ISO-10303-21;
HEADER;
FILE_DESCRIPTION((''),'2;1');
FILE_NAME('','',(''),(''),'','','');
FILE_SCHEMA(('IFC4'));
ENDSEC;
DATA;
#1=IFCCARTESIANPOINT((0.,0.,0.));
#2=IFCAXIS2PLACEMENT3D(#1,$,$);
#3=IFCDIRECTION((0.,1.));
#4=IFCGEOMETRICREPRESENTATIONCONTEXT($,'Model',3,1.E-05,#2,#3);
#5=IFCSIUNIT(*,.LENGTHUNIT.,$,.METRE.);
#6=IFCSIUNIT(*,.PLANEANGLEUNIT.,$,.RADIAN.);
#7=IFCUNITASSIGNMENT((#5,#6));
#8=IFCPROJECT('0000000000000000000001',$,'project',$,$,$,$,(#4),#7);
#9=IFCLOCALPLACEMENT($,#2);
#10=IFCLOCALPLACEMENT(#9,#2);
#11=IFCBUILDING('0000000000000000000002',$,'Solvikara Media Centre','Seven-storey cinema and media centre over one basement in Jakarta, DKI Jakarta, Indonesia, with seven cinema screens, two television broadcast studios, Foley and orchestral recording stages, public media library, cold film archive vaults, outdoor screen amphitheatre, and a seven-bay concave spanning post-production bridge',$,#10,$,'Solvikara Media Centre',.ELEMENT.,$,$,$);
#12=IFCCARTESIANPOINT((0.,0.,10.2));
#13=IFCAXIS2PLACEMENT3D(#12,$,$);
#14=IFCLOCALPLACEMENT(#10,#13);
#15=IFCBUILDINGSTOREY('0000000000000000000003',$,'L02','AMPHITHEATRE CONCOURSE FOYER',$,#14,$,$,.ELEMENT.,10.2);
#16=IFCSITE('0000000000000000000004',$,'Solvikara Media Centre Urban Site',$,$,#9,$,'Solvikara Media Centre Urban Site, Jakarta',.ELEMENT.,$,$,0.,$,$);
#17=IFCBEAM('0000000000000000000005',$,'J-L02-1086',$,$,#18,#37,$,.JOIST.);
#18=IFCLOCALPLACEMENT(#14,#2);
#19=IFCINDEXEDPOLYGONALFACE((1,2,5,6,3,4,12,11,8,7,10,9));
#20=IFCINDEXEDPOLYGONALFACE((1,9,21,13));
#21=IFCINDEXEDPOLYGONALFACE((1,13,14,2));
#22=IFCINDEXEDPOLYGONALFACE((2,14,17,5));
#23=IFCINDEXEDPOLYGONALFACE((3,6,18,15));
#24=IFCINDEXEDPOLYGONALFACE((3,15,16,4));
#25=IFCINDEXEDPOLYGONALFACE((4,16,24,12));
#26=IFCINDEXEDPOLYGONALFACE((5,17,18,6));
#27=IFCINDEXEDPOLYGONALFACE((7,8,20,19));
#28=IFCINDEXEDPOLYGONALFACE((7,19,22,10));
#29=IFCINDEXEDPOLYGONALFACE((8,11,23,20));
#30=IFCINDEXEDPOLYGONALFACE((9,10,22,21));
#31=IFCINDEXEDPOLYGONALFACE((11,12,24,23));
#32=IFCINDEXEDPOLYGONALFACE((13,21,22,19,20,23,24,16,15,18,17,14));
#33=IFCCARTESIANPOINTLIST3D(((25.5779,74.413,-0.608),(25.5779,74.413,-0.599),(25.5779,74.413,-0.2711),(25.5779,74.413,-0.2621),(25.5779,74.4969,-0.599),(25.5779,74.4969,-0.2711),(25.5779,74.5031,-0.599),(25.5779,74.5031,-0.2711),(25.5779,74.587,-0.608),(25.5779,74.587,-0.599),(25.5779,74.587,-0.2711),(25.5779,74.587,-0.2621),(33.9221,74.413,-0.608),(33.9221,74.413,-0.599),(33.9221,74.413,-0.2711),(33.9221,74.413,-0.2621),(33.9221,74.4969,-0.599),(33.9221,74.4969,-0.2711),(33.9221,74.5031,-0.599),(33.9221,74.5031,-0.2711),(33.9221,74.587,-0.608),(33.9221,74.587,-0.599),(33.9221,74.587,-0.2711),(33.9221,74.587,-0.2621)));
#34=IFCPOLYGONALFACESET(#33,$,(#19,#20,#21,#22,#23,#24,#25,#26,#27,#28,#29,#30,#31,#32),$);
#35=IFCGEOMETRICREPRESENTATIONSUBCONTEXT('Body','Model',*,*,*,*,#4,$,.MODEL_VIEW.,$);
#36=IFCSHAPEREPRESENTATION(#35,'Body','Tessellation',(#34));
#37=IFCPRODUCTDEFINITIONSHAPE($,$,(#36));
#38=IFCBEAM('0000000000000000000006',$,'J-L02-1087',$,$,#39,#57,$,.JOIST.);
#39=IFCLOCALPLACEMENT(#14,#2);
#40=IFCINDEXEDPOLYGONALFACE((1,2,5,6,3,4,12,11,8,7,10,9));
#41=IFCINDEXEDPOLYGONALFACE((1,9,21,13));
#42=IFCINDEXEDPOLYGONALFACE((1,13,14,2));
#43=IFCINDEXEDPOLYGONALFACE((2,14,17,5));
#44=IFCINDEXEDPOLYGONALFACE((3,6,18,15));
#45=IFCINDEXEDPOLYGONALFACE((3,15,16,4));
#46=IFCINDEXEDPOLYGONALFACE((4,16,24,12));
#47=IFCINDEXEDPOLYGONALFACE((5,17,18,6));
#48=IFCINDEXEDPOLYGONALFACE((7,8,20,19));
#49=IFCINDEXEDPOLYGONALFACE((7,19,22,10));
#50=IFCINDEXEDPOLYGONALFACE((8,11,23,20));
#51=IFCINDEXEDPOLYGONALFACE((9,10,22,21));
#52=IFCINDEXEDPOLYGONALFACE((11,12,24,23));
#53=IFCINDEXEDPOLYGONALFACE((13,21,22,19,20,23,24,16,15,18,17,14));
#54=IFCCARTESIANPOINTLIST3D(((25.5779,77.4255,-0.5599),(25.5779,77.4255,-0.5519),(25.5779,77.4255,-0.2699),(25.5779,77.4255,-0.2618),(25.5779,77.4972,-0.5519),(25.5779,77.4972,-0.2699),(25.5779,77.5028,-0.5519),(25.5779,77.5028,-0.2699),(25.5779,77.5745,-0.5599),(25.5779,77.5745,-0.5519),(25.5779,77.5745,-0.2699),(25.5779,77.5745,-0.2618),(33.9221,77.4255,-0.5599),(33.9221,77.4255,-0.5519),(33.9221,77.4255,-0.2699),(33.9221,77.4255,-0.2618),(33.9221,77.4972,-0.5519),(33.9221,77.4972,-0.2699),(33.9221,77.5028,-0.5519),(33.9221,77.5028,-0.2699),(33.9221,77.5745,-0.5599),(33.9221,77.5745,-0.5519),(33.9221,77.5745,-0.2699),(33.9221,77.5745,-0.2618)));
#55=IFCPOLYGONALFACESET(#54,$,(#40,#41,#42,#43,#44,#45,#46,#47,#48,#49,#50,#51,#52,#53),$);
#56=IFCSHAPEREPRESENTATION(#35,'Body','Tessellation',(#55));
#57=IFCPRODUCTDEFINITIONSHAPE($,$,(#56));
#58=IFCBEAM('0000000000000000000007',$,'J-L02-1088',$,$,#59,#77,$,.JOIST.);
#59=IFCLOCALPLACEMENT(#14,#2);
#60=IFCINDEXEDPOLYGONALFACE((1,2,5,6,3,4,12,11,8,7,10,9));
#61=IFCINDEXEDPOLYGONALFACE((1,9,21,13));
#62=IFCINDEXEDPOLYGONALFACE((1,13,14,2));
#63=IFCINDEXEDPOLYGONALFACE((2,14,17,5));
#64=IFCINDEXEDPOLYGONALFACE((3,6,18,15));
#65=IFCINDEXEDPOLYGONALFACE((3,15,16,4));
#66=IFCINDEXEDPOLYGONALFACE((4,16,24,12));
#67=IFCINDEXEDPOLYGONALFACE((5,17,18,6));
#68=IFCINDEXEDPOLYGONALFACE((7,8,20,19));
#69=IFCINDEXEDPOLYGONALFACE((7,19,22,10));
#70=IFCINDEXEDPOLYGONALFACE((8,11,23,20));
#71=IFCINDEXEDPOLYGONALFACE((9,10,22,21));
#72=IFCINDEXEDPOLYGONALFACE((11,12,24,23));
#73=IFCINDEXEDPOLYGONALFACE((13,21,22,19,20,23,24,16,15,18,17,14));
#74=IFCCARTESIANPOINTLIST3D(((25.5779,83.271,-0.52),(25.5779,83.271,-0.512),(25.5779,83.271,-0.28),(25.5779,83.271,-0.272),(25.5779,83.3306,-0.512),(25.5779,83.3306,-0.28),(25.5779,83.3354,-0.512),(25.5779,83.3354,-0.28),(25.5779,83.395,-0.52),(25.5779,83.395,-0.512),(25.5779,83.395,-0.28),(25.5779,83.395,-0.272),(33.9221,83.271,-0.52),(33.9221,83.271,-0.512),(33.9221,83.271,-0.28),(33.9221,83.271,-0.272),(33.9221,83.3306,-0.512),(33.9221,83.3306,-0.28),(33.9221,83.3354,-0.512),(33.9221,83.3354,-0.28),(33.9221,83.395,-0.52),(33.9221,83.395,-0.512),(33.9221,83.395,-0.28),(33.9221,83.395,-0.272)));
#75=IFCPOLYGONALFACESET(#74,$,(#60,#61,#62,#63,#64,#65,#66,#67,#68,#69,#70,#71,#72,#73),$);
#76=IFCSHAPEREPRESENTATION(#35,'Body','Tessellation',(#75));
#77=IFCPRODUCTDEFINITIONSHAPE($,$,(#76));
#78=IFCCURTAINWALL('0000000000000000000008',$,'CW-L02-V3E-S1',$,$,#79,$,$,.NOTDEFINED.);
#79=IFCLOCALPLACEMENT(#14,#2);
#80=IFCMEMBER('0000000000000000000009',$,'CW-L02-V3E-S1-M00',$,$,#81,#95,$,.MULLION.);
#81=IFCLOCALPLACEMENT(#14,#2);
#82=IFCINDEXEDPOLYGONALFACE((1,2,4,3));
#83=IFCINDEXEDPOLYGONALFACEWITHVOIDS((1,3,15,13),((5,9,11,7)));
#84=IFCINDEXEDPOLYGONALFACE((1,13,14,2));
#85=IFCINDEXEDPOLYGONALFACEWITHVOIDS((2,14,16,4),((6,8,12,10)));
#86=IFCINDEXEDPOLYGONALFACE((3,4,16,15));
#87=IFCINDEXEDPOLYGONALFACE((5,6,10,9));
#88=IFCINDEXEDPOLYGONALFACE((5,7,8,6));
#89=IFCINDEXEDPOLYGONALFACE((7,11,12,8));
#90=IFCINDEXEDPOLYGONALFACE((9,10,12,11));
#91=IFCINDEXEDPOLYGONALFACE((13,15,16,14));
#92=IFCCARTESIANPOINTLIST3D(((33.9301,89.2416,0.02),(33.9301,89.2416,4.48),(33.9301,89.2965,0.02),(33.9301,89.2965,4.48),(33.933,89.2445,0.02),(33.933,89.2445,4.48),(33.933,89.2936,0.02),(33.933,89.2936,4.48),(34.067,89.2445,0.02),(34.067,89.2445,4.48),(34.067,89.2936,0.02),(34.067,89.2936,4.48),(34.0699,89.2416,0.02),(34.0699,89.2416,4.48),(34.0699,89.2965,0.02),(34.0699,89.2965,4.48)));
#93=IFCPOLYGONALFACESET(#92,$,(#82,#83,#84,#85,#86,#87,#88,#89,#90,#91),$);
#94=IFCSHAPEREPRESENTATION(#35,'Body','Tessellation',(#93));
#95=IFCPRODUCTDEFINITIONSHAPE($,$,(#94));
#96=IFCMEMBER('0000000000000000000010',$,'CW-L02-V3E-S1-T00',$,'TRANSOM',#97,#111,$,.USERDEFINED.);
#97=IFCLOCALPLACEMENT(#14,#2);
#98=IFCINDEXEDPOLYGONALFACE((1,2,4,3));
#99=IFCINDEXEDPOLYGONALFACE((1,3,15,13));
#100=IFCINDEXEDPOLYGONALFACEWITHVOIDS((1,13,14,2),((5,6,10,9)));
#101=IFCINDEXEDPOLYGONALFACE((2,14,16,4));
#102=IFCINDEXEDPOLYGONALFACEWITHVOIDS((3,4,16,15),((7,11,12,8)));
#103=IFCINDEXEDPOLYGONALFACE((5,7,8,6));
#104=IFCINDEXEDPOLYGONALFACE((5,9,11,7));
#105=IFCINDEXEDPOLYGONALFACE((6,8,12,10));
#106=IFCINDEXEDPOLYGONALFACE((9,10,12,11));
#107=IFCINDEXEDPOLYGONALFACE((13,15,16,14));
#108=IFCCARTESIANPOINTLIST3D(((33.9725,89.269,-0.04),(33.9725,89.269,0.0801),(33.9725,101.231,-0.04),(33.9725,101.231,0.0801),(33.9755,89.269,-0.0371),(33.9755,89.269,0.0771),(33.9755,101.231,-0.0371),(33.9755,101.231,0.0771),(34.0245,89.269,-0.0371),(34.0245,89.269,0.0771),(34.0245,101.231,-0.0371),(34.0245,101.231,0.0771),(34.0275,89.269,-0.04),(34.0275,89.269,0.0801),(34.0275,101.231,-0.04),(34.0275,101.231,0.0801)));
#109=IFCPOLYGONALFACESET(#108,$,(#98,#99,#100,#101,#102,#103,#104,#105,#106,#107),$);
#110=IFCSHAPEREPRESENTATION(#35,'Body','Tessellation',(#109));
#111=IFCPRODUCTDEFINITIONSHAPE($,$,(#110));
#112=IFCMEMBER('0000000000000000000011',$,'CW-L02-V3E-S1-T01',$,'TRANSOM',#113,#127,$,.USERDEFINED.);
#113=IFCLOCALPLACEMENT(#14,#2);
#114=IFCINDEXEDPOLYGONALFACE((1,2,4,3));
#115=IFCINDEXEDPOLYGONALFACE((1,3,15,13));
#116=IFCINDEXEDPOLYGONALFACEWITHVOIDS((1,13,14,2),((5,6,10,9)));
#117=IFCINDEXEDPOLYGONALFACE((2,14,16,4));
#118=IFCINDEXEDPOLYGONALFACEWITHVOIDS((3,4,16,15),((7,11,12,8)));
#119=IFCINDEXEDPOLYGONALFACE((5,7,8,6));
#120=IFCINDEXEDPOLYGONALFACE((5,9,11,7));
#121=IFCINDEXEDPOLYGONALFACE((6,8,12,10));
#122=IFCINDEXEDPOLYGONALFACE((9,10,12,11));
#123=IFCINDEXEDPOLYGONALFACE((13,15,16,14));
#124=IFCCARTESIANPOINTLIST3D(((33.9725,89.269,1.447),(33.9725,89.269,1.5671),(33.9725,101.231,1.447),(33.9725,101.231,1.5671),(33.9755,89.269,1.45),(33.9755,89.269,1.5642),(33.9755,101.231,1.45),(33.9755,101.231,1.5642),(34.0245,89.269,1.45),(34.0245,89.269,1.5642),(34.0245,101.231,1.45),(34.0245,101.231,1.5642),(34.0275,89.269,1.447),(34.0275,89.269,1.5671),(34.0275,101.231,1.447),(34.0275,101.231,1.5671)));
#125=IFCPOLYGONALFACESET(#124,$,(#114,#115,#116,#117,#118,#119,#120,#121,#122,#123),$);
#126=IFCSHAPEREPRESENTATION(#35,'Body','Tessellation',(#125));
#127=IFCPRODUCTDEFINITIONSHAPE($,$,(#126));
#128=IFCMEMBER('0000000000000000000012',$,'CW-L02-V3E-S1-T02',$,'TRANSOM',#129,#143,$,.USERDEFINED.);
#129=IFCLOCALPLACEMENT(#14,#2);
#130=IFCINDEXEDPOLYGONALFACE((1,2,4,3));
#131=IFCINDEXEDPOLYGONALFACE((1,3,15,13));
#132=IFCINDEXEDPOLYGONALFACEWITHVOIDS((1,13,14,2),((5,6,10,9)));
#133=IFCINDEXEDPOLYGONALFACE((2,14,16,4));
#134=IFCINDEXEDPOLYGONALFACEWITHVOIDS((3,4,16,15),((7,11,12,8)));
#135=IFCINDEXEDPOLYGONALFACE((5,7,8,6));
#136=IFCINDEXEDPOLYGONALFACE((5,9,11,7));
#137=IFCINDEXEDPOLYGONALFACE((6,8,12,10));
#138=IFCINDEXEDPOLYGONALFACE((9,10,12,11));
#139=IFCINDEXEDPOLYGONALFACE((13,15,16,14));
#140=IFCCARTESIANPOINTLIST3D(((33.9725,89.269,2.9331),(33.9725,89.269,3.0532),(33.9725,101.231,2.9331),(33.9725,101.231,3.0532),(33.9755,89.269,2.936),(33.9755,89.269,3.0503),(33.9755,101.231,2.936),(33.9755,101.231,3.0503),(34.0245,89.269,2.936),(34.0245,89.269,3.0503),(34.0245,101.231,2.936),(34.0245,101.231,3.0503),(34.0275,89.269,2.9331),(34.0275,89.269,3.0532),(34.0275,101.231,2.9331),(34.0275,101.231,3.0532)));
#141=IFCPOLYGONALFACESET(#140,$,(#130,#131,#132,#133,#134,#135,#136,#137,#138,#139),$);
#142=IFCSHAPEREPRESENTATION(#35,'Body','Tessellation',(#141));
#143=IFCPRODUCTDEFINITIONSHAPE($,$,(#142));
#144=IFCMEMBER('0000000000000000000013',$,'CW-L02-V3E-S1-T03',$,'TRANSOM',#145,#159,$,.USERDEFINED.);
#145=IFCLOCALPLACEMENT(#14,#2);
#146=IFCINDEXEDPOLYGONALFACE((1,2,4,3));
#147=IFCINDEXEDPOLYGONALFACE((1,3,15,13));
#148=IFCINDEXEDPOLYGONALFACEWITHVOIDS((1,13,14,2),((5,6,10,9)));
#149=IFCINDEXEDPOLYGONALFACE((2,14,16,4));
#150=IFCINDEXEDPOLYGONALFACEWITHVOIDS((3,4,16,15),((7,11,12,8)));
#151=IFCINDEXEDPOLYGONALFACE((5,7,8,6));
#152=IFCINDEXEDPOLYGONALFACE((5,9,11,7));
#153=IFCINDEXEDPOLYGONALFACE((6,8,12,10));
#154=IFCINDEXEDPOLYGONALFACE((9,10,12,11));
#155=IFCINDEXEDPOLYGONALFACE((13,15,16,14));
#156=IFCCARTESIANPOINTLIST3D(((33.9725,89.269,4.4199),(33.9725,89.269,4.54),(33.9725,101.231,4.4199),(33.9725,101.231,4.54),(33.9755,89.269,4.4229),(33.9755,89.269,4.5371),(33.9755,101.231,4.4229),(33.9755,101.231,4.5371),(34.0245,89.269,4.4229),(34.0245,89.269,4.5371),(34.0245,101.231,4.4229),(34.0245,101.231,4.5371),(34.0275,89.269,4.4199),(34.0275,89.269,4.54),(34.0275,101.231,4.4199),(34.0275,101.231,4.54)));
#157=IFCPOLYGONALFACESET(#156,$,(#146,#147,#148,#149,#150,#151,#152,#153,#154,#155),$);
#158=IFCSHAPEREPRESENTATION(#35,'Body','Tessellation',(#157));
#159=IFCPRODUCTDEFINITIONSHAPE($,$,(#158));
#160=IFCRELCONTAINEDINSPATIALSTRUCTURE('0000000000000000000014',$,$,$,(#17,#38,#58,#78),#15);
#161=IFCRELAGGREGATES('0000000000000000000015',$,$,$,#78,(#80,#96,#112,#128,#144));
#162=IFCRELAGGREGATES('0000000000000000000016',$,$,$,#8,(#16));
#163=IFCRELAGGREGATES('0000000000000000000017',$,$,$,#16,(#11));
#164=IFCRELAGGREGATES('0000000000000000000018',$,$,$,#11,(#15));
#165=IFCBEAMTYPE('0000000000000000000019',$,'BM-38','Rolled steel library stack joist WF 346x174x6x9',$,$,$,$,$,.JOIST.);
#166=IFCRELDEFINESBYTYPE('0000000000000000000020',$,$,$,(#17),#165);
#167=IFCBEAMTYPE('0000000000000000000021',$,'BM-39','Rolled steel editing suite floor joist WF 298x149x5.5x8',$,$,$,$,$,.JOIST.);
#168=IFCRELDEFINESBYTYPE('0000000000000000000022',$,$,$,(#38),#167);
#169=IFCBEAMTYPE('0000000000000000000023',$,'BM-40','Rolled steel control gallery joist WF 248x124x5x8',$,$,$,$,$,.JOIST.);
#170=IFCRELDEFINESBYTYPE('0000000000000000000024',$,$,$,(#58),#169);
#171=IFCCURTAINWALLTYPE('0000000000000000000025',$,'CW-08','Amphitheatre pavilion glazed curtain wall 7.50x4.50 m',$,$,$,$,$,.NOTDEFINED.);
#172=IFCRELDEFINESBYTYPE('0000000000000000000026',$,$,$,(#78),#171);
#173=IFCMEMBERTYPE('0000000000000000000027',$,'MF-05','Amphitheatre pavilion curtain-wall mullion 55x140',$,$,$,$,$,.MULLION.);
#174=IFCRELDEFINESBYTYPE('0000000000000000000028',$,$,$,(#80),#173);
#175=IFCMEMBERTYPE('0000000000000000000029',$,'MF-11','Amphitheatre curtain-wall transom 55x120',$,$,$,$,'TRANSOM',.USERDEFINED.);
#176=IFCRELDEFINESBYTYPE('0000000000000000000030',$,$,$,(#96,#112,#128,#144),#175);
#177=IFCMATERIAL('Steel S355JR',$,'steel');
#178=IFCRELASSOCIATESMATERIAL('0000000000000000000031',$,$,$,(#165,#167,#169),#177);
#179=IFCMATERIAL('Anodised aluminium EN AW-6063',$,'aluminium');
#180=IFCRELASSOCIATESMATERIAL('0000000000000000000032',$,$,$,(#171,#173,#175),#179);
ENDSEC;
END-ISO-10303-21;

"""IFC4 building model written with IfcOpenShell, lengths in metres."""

from ifc_helpers import new_model, si_unit, direction, frame, origin, origin_2d, place, context, subcontext, project, spatial, hollow_rectangle, i_section, extrude, material, material_profile, profile_set, type_object, element, aggregate, save


model = new_model("IFC4")

# Units and contexts
model_context = context("Model", 3, precision=1e-05, world=origin(), true_north=direction((0.0, 1.0)))
body_context = subcontext(model_context, "Body", "Model", "MODEL_VIEW")
ifc_project = project(units=[si_unit("LENGTHUNIT", "METRE"), si_unit("PLANEANGLEUNIT", "RADIAN")], contexts=[model_context])

# Site, building, storey
site_placement = place(None, origin())
site = spatial("IfcSite", under=ifc_project, at=site_placement, Name="Solvikara Media Centre Urban Site", LongName="Solvikara Media Centre Urban Site, Jakarta", CompositionType="ELEMENT", RefElevation=0.0)
building_placement = place(site_placement, origin())
building = spatial("IfcBuilding", under=site, at=building_placement, Name="Solvikara Media Centre", Description="Seven-storey cinema and media centre over one basement in Jakarta, DKI Jakarta, Indonesia, with seven cinema screens, two television broadcast studios, Foley and orchestral recording stages, public media library, cold film archive vaults, outdoor screen amphitheatre, and a seven-bay concave spanning post-production bridge", LongName="Solvikara Media Centre", CompositionType="ELEMENT")
storey_placement = place(building_placement, frame((0.0, 0.0, 10.2)))
storey = spatial("IfcBuildingStorey", under=building, at=storey_placement, Name="L02", Description="AMPHITHEATRE CONCOURSE FOYER", CompositionType="ELEMENT", Elevation=10.2)

# Shared definitions
ifc_material_1 = material(Name="Steel S355JR", Category="steel")

# Beams
ifc_material_profile_1 = material_profile(ifc_material_1, i_section(OverallWidth=0.1741, OverallDepth=0.3459, WebThickness=0.0061, FlangeThickness=0.009, at=origin_2d()), Name="WF 346x174x6x9")
ifc_profile_set_1 = profile_set([ifc_material_profile_1], Name="Steel S355JR")
beam_type_1 = type_object("IfcBeamType", Name="BM-38", Description="Rolled steel library stack joist WF 346x174x6x9", PredefinedType="JOIST", material=ifc_profile_set_1)
beam_1_placement = place(storey_placement, frame((25.5779, 74.5, -0.4351), z_axis=(1.0, 0.0, 0.0), x_axis=(0.0, 1.0, 0.0)))
element("IfcBeam", 1, at=beam_1_placement, inside=storey, type_object=beam_type_1, Name="J-L02-1086", PredefinedType="JOIST", context=body_context, shape_type="SweptSolid", body=[
    extrude(i_section(OverallWidth=0.1741, OverallDepth=0.3459, WebThickness=0.0061, FlangeThickness=0.009, at=origin_2d()), origin(), (0.0, 0.0, 1.0), 8.3442),
])
ifc_material_profile_2 = material_profile(ifc_material_1, i_section(OverallWidth=0.1489, OverallDepth=0.2981, WebThickness=0.0056, FlangeThickness=0.0081, at=origin_2d()), Name="WF 298x149x5.5x8")
ifc_profile_set_2 = profile_set([ifc_material_profile_2], Name="Steel S355JR")
beam_type_2 = type_object("IfcBeamType", Name="BM-39", Description="Rolled steel editing suite floor joist WF 298x149x5.5x8", PredefinedType="JOIST", material=ifc_profile_set_2)
beam_2_placement = place(storey_placement, frame((25.5779, 77.5, -0.4109), z_axis=(1.0, 0.0, 0.0), x_axis=(0.0, 1.0, 0.0)))
element("IfcBeam", 2, at=beam_2_placement, inside=storey, type_object=beam_type_2, Name="J-L02-1087", PredefinedType="JOIST", context=body_context, shape_type="SweptSolid", body=[
    extrude(i_section(OverallWidth=0.1489, OverallDepth=0.2981, WebThickness=0.0056, FlangeThickness=0.0081, at=origin_2d()), origin(), (0.0, 0.0, 1.0), 8.3442),
])
ifc_material_profile_3 = material_profile(ifc_material_1, i_section(OverallWidth=0.124, OverallDepth=0.248, WebThickness=0.0049, FlangeThickness=0.0081, at=origin_2d()), Name="WF 248x124x5x8")
ifc_profile_set_3 = profile_set([ifc_material_profile_3], Name="Steel S355JR")
beam_type_3 = type_object("IfcBeamType", Name="BM-40", Description="Rolled steel control gallery joist WF 248x124x5x8", PredefinedType="JOIST", material=ifc_profile_set_3)
beam_3_placement = place(storey_placement, frame((25.5779, 83.333, -0.396), z_axis=(1.0, 0.0, 0.0), x_axis=(0.0, 1.0, 0.0)))
element("IfcBeam", 3, at=beam_3_placement, inside=storey, type_object=beam_type_3, Name="J-L02-1088", PredefinedType="JOIST", context=body_context, shape_type="SweptSolid", body=[
    extrude(i_section(OverallWidth=0.124, OverallDepth=0.248, WebThickness=0.0049, FlangeThickness=0.0081, at=origin_2d()), origin(), (0.0, 0.0, 1.0), 8.3442),
])

# Curtain wall, members
ifc_material_2 = material(Name="Anodised aluminium EN AW-6063", Category="aluminium")
curtain_wall_type = type_object("IfcCurtainWallType", Name="CW-08", Description="Amphitheatre pavilion glazed curtain wall 7.50x4.50 m", PredefinedType="NOTDEFINED", material=ifc_material_2)
curtain_wall_placement = place(storey_placement, origin())
curtain_wall = element("IfcCurtainWall", 4, at=curtain_wall_placement, inside=storey, type_object=curtain_wall_type, Name="CW-L02-V3E-S1", PredefinedType="NOTDEFINED")
ifc_material_profile_4 = material_profile(ifc_material_2, hollow_rectangle(XDim=0.0549, YDim=0.1399, WallThickness=0.0029, at=origin_2d()), Name="ALU-M 55x140x3")
ifc_profile_set_4 = profile_set([ifc_material_profile_4], Name="Anodised aluminium EN AW-6063")
member_type_1 = type_object("IfcMemberType", Name="MF-05", Description="Amphitheatre pavilion curtain-wall mullion 55x140", PredefinedType="MULLION", material=ifc_profile_set_4)
member_1_placement = place(storey_placement, frame((34.0, 89.269, 0.02), z_axis=(0.0, 0.0, 1.0), x_axis=(0.0, 1.0, 0.0)))
member_1 = element("IfcMember", 5, at=member_1_placement, type_object=member_type_1, Name="CW-L02-V3E-S1-M00", PredefinedType="MULLION", context=body_context, shape_type="SweptSolid", body=[
    extrude(hollow_rectangle(XDim=0.0549, YDim=0.1399, WallThickness=0.0029, at=origin_2d()), origin(), (0.0, 0.0, 1.0), 4.46),
])
ifc_material_profile_5 = material_profile(ifc_material_2, hollow_rectangle(XDim=0.0549, YDim=0.1201, WallThickness=0.0029, at=origin_2d()), Name="ALU-T 55x120x3")
ifc_profile_set_5 = profile_set([ifc_material_profile_5], Name="Anodised aluminium EN AW-6063")
member_type_2 = type_object("IfcMemberType", Name="MF-11", Description="Amphitheatre curtain-wall transom 55x120", ElementType="TRANSOM", PredefinedType="USERDEFINED", material=ifc_profile_set_5)
member_2_placement = place(storey_placement, frame((34.0, 89.269, 0.02), z_axis=(0.0, 1.0, 0.0), x_axis=(-1.0, 0.0, 0.0)))
member_2 = element("IfcMember", 6, at=member_2_placement, type_object=member_type_2, Name="CW-L02-V3E-S1-T00", ObjectType="TRANSOM", PredefinedType="USERDEFINED", context=body_context, shape_type="SweptSolid", body=[
    extrude(hollow_rectangle(XDim=0.0549, YDim=0.1201, WallThickness=0.0029, at=origin_2d()), origin(), (0.0, 0.0, 1.0), 11.9619),
])
member_3_placement = place(storey_placement, frame((34.0, 89.269, 1.5071), z_axis=(0.0, 1.0, 0.0), x_axis=(-1.0, 0.0, 0.0)))
member_3 = element("IfcMember", 7, at=member_3_placement, type_object=member_type_2, Name="CW-L02-V3E-S1-T01", ObjectType="TRANSOM", PredefinedType="USERDEFINED", context=body_context, shape_type="SweptSolid", body=[
    extrude(hollow_rectangle(XDim=0.0549, YDim=0.1201, WallThickness=0.0029, at=origin_2d()), origin(), (0.0, 0.0, 1.0), 11.9619),
])
member_4_placement = place(storey_placement, frame((34.0, 89.269, 2.9932), z_axis=(0.0, 1.0, 0.0), x_axis=(-1.0, 0.0, 0.0)))
member_4 = element("IfcMember", 8, at=member_4_placement, type_object=member_type_2, Name="CW-L02-V3E-S1-T02", ObjectType="TRANSOM", PredefinedType="USERDEFINED", context=body_context, shape_type="SweptSolid", body=[
    extrude(hollow_rectangle(XDim=0.0549, YDim=0.1201, WallThickness=0.0029, at=origin_2d()), origin(), (0.0, 0.0, 1.0), 11.9619),
])
member_5_placement = place(storey_placement, frame((34.0, 89.269, 4.48), z_axis=(0.0, 1.0, 0.0), x_axis=(-1.0, 0.0, 0.0)))
member_5 = element("IfcMember", 9, at=member_5_placement, type_object=member_type_2, Name="CW-L02-V3E-S1-T03", ObjectType="TRANSOM", PredefinedType="USERDEFINED", context=body_context, shape_type="SweptSolid", body=[
    extrude(hollow_rectangle(XDim=0.0549, YDim=0.1201, WallThickness=0.0029, at=origin_2d()), origin(), (0.0, 0.0, 1.0), 11.9619),
])
aggregate(curtain_wall, [member_1, member_2, member_3, member_4, member_5])

save(model, "model.ifc")
